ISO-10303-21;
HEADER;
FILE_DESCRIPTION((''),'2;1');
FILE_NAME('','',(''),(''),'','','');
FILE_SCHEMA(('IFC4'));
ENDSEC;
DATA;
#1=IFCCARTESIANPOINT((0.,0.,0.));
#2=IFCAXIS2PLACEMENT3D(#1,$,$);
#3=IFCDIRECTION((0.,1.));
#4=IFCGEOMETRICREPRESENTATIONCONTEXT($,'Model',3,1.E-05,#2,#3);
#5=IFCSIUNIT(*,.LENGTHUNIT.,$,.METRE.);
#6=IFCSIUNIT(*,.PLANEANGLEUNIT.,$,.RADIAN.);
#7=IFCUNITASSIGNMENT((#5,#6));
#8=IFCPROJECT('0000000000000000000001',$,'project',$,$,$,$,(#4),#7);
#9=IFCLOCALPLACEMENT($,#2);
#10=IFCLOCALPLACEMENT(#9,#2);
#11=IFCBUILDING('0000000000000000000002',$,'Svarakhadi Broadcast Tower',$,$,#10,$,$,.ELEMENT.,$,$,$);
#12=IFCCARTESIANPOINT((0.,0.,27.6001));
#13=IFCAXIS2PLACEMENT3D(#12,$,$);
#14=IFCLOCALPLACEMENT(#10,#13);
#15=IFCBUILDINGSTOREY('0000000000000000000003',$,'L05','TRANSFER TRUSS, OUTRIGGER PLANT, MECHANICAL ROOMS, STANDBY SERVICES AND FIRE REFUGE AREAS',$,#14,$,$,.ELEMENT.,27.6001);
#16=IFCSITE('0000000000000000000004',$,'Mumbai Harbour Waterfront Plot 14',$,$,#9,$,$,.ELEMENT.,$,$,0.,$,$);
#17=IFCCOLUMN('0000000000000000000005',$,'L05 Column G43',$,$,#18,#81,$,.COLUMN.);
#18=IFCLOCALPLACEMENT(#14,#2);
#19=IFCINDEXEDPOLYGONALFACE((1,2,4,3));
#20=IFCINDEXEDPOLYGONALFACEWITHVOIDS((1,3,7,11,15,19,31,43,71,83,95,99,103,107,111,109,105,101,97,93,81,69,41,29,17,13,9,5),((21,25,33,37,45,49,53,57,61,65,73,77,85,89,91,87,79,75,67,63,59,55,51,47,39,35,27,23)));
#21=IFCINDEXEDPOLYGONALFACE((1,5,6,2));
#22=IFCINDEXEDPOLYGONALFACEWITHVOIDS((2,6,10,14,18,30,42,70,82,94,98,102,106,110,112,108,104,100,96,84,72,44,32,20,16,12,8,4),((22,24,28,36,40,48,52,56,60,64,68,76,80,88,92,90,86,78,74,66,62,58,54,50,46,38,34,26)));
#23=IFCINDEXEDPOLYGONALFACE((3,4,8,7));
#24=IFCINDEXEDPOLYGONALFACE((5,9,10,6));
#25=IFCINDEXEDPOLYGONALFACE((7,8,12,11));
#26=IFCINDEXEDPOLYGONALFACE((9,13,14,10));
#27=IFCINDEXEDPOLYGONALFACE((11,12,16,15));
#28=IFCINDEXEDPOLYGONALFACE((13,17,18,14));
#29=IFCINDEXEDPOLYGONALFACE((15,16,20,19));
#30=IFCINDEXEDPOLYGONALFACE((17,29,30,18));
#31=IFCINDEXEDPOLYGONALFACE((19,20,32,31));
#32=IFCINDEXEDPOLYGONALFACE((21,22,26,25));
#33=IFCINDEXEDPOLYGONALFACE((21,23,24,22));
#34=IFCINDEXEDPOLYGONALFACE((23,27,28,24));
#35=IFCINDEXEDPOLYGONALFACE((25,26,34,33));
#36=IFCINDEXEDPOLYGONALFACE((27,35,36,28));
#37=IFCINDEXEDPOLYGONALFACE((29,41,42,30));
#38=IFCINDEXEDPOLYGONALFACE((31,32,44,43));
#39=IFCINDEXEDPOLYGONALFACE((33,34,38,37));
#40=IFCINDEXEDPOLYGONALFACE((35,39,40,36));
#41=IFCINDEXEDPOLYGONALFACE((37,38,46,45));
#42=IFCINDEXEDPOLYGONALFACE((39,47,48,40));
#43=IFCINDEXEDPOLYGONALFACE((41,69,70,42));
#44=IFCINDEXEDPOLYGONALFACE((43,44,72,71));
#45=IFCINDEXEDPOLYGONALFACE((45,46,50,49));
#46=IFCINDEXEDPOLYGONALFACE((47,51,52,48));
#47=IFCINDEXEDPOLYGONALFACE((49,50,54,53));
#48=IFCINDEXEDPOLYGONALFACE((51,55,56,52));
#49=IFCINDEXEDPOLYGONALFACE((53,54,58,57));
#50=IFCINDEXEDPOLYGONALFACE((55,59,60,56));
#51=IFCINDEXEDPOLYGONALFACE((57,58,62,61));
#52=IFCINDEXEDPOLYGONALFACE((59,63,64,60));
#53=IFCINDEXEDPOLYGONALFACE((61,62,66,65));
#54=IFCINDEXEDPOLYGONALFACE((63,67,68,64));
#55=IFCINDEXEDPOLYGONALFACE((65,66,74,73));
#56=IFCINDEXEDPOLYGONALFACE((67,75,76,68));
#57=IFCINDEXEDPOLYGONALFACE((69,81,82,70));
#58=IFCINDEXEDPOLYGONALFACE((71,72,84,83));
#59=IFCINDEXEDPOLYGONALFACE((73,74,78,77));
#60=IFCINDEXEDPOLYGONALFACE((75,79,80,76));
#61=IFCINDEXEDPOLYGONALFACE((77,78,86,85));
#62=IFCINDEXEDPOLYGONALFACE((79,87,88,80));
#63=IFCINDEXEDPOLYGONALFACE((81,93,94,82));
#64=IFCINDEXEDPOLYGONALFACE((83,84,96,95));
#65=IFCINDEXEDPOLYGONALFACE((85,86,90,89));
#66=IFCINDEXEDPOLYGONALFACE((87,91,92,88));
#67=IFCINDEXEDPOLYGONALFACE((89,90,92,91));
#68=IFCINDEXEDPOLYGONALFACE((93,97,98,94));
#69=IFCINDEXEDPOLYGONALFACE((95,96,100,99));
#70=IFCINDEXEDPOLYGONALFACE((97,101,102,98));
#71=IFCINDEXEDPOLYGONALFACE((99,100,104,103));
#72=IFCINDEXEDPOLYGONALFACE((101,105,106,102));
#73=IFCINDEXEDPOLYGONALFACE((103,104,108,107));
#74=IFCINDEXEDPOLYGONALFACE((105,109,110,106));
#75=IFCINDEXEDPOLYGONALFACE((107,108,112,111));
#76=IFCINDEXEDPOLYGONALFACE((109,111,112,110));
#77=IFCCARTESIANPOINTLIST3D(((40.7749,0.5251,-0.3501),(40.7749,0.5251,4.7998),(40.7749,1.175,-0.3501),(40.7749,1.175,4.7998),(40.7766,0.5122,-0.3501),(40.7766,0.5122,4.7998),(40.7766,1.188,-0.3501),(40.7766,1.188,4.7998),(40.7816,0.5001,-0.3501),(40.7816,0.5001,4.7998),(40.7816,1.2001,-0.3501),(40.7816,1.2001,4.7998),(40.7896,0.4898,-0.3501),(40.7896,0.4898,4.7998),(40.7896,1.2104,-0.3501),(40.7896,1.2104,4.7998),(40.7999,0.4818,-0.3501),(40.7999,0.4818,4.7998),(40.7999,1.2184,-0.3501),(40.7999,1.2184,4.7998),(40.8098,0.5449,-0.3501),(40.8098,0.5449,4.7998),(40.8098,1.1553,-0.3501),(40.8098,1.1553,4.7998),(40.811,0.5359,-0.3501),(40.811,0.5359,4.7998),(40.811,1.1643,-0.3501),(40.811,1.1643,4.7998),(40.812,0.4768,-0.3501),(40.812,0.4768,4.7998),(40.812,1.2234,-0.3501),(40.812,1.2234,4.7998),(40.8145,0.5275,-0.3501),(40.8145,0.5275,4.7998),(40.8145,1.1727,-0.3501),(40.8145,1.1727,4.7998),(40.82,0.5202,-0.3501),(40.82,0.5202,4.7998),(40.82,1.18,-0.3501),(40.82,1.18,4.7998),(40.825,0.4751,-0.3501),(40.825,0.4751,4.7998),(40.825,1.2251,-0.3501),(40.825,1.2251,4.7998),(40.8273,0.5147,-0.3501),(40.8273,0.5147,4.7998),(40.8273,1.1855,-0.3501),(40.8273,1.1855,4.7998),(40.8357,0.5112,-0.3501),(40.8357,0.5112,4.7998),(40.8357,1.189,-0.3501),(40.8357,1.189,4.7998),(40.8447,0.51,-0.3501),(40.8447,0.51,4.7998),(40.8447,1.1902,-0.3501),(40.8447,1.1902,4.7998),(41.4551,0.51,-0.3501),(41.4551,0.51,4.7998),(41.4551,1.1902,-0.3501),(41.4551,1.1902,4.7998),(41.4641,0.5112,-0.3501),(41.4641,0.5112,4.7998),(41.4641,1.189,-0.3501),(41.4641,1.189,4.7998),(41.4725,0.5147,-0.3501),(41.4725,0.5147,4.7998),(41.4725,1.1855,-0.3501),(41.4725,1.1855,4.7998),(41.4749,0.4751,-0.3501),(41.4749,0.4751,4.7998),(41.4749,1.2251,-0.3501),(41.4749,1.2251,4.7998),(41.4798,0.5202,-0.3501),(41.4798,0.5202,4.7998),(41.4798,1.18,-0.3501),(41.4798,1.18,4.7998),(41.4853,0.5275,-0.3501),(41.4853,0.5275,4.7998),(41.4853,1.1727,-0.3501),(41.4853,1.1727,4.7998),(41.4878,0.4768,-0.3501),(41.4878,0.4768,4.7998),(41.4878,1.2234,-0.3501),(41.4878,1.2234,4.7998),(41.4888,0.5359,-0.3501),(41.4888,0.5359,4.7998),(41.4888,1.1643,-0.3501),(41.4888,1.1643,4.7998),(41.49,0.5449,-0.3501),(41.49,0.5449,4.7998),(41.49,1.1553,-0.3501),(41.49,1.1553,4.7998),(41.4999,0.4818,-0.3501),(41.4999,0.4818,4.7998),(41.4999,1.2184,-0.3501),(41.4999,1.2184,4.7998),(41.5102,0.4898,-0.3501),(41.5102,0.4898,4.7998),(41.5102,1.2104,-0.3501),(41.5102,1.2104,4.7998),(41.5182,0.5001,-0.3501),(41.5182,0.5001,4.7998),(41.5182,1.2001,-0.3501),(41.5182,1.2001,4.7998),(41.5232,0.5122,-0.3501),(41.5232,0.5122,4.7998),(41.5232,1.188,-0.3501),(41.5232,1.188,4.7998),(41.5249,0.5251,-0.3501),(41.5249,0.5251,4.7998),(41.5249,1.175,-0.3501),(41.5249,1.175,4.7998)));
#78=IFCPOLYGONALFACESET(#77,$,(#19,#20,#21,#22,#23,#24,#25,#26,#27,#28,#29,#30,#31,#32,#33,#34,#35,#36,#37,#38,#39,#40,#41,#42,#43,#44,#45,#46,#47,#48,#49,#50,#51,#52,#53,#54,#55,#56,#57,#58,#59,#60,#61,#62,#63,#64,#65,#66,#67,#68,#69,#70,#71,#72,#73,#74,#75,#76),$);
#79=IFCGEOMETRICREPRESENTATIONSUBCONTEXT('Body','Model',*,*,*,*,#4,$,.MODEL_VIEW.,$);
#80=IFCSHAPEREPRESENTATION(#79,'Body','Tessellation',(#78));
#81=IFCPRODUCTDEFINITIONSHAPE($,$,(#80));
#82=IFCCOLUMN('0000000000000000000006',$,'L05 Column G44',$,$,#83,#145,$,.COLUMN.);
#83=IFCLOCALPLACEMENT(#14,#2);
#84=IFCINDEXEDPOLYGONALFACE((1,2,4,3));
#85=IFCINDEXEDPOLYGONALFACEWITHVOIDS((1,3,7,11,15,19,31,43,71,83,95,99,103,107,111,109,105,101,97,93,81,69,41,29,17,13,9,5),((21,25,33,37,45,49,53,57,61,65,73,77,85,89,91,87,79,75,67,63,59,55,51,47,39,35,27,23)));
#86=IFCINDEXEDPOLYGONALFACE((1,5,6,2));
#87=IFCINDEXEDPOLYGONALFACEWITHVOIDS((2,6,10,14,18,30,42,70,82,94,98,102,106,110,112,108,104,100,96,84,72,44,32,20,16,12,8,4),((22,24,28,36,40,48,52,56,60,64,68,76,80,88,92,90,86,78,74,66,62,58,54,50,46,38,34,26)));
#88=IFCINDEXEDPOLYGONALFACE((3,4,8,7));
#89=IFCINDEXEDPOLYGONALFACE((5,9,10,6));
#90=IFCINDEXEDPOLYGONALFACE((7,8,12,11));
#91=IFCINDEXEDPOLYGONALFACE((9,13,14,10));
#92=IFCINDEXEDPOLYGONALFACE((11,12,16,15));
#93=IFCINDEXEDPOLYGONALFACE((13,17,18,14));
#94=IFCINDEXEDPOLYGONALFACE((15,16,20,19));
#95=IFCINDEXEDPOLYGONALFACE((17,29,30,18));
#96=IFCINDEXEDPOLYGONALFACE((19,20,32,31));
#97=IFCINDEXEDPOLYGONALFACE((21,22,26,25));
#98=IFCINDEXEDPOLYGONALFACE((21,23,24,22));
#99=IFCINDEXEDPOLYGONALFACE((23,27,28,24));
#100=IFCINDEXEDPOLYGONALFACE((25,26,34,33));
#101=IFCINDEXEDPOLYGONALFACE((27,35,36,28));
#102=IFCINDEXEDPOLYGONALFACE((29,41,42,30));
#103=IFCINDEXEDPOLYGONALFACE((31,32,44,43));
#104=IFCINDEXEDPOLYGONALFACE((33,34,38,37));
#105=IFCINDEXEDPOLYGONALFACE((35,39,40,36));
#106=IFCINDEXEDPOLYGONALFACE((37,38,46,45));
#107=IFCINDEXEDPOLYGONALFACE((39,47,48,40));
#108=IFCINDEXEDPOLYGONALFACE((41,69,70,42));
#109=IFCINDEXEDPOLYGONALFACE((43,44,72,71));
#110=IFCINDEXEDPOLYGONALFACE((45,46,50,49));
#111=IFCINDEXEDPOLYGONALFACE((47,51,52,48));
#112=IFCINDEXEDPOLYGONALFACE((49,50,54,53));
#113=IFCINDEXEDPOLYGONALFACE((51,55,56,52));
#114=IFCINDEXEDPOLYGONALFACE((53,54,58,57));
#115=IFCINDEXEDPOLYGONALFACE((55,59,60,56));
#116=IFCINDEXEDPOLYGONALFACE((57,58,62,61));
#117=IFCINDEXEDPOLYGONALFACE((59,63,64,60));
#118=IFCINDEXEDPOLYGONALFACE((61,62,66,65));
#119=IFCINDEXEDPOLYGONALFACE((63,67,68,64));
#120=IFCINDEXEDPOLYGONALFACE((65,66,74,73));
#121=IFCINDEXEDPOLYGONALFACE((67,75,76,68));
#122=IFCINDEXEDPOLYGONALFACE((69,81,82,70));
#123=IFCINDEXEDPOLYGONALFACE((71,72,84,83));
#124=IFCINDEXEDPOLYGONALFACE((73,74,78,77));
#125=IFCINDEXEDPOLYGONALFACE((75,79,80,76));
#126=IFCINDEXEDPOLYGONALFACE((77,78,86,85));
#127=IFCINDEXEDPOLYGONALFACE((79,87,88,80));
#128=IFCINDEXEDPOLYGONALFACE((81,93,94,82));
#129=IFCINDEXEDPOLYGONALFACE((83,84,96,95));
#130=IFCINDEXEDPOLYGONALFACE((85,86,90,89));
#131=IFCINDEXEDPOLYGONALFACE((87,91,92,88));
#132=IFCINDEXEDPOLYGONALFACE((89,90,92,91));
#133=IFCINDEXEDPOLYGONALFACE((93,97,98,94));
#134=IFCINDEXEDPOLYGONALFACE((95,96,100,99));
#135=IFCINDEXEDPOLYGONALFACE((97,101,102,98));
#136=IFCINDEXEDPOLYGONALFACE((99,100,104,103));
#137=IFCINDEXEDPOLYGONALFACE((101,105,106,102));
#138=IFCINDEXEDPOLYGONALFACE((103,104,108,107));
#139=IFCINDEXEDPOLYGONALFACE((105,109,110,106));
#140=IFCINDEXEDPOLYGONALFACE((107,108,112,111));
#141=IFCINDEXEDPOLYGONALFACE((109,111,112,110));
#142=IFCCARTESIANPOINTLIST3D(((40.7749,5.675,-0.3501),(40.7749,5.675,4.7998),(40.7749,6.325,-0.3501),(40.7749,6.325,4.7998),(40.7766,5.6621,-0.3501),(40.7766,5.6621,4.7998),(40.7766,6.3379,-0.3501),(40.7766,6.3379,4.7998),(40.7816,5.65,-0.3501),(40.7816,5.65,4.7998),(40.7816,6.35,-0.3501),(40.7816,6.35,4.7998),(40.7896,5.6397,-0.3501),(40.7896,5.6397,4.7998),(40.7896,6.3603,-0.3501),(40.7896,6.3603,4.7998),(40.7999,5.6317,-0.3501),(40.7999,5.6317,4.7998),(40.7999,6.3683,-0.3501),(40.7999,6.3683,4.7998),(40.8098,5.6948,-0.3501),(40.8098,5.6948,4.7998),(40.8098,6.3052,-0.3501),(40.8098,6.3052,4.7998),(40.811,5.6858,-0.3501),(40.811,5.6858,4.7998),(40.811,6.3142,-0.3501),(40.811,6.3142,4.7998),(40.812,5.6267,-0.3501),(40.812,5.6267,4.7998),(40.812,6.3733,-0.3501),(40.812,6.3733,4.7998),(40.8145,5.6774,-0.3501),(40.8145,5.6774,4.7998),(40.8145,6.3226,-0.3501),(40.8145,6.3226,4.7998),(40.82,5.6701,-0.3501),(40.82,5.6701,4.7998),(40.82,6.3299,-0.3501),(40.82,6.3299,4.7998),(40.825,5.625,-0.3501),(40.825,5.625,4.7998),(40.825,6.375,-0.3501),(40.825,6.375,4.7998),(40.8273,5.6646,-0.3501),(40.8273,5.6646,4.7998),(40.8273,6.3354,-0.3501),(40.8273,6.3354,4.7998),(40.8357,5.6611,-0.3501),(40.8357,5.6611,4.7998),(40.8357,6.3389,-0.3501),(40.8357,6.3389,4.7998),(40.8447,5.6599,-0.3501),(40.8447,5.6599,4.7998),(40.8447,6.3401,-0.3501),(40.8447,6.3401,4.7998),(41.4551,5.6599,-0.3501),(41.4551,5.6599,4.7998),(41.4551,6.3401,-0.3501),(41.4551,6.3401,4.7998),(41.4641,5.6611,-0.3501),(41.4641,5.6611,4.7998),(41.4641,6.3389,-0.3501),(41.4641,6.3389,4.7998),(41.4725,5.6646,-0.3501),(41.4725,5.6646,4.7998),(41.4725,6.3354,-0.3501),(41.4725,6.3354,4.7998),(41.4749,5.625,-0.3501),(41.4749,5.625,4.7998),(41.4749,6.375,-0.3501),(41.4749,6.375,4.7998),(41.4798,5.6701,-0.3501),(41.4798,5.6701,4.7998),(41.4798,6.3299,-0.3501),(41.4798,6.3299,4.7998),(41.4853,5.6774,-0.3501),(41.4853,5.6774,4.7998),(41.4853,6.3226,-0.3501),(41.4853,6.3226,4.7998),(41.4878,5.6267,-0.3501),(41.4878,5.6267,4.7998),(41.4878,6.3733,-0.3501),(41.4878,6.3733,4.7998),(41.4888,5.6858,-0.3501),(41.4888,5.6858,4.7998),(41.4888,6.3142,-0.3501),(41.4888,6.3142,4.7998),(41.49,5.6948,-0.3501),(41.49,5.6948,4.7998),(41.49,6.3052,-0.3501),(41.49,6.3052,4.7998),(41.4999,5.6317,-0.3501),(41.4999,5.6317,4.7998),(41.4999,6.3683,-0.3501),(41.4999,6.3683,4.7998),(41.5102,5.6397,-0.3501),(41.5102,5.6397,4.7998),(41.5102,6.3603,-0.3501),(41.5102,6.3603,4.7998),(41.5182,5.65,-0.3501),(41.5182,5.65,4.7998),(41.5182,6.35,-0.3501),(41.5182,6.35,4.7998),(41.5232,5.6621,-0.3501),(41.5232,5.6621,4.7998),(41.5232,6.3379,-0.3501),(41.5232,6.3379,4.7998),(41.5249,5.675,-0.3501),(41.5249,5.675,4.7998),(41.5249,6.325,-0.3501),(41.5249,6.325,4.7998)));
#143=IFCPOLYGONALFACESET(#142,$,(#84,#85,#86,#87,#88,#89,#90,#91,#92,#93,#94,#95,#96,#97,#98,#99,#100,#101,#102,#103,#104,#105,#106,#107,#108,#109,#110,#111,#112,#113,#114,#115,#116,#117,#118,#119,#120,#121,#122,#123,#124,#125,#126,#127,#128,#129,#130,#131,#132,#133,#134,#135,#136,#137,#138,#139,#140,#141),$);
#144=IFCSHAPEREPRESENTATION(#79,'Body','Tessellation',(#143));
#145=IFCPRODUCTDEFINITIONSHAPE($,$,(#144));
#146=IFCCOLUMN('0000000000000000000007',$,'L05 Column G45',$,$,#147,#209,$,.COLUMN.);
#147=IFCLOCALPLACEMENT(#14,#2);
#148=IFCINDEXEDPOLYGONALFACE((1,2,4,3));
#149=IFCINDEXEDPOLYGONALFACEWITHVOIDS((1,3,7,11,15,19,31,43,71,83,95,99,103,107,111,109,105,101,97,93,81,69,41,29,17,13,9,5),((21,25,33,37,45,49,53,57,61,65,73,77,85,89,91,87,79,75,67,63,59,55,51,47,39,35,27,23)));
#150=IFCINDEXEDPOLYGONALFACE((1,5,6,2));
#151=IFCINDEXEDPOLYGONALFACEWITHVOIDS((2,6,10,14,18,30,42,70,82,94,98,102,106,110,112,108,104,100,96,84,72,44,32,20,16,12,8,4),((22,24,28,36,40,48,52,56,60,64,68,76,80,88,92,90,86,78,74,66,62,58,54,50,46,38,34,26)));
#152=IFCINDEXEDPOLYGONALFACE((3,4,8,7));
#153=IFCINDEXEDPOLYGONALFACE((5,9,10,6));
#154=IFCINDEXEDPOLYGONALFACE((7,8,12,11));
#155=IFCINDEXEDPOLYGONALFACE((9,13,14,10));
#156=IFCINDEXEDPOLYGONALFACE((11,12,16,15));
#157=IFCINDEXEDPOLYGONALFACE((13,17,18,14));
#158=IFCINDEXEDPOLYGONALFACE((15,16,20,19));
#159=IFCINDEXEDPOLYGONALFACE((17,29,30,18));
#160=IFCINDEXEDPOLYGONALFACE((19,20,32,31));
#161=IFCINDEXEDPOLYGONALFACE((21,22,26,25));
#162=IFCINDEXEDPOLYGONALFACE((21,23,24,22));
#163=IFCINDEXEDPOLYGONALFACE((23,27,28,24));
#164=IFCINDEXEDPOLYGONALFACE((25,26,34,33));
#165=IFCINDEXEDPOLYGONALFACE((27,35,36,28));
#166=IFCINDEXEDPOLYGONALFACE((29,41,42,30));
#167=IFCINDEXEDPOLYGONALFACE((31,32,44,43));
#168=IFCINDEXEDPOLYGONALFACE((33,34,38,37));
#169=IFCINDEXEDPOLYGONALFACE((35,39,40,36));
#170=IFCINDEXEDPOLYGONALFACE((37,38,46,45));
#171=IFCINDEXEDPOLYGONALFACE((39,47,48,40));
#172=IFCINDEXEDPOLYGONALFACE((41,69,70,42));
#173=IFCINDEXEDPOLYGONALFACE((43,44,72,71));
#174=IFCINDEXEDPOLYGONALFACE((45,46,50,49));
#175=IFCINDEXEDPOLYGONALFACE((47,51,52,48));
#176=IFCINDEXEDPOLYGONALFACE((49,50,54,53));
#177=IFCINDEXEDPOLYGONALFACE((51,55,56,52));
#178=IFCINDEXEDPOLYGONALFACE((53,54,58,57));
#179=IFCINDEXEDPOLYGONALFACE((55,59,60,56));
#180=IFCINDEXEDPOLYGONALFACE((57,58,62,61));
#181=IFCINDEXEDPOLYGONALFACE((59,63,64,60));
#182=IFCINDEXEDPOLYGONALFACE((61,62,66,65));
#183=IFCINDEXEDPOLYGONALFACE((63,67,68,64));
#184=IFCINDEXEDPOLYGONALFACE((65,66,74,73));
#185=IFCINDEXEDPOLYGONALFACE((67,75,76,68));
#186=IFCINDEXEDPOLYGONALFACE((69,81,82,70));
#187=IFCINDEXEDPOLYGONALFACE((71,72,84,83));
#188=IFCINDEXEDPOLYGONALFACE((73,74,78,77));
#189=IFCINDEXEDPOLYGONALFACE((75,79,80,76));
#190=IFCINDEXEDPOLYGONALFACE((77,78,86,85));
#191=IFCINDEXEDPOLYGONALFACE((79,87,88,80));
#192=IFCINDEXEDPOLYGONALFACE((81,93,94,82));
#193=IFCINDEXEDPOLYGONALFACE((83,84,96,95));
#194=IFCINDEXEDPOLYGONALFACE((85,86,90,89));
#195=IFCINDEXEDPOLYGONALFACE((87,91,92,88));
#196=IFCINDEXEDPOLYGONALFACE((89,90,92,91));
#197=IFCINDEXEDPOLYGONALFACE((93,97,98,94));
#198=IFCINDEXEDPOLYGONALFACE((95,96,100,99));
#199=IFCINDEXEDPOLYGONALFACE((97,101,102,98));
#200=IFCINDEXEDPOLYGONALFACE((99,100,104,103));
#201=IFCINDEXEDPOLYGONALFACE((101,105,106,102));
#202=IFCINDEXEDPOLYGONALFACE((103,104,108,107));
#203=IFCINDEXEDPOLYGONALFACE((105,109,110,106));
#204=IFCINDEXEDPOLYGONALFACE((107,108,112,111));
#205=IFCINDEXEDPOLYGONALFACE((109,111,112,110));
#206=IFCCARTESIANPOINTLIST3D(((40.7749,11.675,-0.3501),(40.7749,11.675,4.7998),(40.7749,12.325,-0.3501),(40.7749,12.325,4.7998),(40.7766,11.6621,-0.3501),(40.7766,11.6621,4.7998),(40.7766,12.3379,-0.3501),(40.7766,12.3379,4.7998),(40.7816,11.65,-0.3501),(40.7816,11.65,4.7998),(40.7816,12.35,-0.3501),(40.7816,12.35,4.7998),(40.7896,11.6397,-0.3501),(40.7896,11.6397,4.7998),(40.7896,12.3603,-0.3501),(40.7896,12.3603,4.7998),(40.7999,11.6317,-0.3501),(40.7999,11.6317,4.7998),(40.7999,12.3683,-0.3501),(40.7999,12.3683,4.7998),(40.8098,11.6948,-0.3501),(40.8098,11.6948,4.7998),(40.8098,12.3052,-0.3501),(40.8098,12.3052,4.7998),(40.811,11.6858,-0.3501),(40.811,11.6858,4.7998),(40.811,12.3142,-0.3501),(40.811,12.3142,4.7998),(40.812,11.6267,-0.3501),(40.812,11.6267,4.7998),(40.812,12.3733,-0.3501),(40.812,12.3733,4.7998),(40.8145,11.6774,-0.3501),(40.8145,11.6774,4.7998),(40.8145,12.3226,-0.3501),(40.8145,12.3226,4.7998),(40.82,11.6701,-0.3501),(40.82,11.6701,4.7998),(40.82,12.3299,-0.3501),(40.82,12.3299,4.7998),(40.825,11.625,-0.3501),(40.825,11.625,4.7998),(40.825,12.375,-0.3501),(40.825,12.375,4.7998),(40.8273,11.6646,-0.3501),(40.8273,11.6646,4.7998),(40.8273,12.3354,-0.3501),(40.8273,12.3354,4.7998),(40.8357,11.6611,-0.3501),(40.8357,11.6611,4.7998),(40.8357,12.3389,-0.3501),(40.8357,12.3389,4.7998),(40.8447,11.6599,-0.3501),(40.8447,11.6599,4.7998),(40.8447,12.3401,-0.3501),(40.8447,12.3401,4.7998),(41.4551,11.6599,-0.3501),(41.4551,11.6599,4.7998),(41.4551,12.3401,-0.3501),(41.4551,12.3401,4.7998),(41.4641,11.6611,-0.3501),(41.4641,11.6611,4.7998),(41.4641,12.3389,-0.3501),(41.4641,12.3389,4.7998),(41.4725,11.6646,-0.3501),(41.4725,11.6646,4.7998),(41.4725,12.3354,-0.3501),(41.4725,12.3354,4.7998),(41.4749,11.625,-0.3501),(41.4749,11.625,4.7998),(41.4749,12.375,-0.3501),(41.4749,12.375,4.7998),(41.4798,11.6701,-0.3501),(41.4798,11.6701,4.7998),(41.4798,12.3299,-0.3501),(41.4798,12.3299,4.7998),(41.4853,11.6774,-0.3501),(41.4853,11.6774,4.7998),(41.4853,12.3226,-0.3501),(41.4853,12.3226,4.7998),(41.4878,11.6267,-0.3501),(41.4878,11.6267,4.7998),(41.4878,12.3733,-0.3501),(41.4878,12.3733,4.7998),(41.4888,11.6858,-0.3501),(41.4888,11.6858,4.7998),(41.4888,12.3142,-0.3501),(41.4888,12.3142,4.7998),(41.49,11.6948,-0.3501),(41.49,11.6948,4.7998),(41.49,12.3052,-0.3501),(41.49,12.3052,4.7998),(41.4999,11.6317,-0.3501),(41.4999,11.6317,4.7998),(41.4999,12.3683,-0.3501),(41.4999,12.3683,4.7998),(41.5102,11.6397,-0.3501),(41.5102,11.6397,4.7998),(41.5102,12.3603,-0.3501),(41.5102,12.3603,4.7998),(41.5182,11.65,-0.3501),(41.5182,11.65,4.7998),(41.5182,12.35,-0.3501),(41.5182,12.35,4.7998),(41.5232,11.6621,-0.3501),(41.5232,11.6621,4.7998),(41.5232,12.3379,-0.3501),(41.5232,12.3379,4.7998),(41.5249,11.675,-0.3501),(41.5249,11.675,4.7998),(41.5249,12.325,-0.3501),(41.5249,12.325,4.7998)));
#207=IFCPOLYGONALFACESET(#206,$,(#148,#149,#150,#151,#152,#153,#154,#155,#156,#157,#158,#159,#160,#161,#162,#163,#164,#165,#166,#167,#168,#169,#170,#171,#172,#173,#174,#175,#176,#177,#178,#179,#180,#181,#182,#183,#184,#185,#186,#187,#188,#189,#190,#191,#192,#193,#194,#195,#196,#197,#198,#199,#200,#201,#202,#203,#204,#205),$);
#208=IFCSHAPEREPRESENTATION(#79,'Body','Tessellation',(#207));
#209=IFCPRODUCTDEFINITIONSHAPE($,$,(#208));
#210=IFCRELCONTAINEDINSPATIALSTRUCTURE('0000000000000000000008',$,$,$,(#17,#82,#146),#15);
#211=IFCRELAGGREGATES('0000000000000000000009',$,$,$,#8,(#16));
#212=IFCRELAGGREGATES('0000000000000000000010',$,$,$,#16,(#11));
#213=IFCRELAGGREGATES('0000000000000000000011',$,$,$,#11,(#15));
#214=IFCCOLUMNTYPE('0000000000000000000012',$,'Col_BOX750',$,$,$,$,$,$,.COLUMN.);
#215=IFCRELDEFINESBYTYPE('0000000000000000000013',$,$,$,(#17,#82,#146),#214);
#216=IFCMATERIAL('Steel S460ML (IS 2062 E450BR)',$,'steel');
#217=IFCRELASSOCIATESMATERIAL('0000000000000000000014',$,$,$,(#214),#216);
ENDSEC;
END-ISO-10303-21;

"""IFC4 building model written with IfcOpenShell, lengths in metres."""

from ifc_helpers import new_model, si_unit, direction, frame, origin, origin_2d, place, context, subcontext, project, spatial, hollow_rectangle, extrude, material, material_profile, profile_set, type_object, element, save


model = new_model("IFC4")

# Units and contexts
model_context = context("Model", 3, precision=1e-05, world=origin(), true_north=direction((0.0, 1.0)))
body_context = subcontext(model_context, "Body", "Model", "MODEL_VIEW")
ifc_project = project(units=[si_unit("LENGTHUNIT", "METRE"), si_unit("PLANEANGLEUNIT", "RADIAN")], contexts=[model_context])

# Site, building, storey
site_placement = place(None, origin())
site = spatial("IfcSite", under=ifc_project, at=site_placement, Name="Mumbai Harbour Waterfront Plot 14", CompositionType="ELEMENT", RefElevation=0.0)
building_placement = place(site_placement, origin())
building = spatial("IfcBuilding", under=site, at=building_placement, Name="Svarakhadi Broadcast Tower", CompositionType="ELEMENT")
storey_placement = place(building_placement, frame((0.0, 0.0, 27.6001)))
storey = spatial("IfcBuildingStorey", under=building, at=storey_placement, Name="L05", Description="TRANSFER TRUSS, OUTRIGGER PLANT, MECHANICAL ROOMS, STANDBY SERVICES AND FIRE REFUGE AREAS", CompositionType="ELEMENT", Elevation=27.6001)

# Columns
ifc_material_1 = material(Name="Steel S460ML (IS 2062 E450BR)", Category="steel")
ifc_material_profile_1 = material_profile(ifc_material_1, hollow_rectangle(XDim=0.75, YDim=0.75, WallThickness=0.0349, InnerFilletRadius=0.0349, OuterFilletRadius=0.05, at=origin_2d()), Name="BOX 750x750x35")
ifc_profile_set_1 = profile_set([ifc_material_profile_1], Name="Steel S460ML (IS 2062 E450BR)")
column_type_1 = type_object("IfcColumnType", Name="Col_BOX750", PredefinedType="COLUMN", material=ifc_profile_set_1)
for number, where, z_axis, x_axis, name in (
    (1, (41.1499, 0.8501, -0.3501), (0.0, 0.0, 1.0), (1.0, 0.0, 0.0), "L05 Column G43"),
    (2, (41.1499, 6.0, -0.3501), (0.0, 0.0, 1.0), (1.0, 0.0, 0.0), "L05 Column G44"),
    (3, (41.1499, 12.0, -0.3501), (0.0, 0.0, 1.0), (1.0, 0.0, 0.0), "L05 Column G45"),
):
    element("IfcColumn", number, at=place(storey_placement, frame(where, z_axis=z_axis, x_axis=x_axis)), inside=storey, type_object=column_type_1, Name=name, PredefinedType="COLUMN", context=body_context, shape_type="SweptSolid", body=[
        extrude(hollow_rectangle(XDim=0.75, YDim=0.75, WallThickness=0.0349, InnerFilletRadius=0.0349, OuterFilletRadius=0.05, at=origin_2d()), origin(), (0.0, 0.0, 1.0), 5.1499),
    ])

save(model, "model.ifc")
